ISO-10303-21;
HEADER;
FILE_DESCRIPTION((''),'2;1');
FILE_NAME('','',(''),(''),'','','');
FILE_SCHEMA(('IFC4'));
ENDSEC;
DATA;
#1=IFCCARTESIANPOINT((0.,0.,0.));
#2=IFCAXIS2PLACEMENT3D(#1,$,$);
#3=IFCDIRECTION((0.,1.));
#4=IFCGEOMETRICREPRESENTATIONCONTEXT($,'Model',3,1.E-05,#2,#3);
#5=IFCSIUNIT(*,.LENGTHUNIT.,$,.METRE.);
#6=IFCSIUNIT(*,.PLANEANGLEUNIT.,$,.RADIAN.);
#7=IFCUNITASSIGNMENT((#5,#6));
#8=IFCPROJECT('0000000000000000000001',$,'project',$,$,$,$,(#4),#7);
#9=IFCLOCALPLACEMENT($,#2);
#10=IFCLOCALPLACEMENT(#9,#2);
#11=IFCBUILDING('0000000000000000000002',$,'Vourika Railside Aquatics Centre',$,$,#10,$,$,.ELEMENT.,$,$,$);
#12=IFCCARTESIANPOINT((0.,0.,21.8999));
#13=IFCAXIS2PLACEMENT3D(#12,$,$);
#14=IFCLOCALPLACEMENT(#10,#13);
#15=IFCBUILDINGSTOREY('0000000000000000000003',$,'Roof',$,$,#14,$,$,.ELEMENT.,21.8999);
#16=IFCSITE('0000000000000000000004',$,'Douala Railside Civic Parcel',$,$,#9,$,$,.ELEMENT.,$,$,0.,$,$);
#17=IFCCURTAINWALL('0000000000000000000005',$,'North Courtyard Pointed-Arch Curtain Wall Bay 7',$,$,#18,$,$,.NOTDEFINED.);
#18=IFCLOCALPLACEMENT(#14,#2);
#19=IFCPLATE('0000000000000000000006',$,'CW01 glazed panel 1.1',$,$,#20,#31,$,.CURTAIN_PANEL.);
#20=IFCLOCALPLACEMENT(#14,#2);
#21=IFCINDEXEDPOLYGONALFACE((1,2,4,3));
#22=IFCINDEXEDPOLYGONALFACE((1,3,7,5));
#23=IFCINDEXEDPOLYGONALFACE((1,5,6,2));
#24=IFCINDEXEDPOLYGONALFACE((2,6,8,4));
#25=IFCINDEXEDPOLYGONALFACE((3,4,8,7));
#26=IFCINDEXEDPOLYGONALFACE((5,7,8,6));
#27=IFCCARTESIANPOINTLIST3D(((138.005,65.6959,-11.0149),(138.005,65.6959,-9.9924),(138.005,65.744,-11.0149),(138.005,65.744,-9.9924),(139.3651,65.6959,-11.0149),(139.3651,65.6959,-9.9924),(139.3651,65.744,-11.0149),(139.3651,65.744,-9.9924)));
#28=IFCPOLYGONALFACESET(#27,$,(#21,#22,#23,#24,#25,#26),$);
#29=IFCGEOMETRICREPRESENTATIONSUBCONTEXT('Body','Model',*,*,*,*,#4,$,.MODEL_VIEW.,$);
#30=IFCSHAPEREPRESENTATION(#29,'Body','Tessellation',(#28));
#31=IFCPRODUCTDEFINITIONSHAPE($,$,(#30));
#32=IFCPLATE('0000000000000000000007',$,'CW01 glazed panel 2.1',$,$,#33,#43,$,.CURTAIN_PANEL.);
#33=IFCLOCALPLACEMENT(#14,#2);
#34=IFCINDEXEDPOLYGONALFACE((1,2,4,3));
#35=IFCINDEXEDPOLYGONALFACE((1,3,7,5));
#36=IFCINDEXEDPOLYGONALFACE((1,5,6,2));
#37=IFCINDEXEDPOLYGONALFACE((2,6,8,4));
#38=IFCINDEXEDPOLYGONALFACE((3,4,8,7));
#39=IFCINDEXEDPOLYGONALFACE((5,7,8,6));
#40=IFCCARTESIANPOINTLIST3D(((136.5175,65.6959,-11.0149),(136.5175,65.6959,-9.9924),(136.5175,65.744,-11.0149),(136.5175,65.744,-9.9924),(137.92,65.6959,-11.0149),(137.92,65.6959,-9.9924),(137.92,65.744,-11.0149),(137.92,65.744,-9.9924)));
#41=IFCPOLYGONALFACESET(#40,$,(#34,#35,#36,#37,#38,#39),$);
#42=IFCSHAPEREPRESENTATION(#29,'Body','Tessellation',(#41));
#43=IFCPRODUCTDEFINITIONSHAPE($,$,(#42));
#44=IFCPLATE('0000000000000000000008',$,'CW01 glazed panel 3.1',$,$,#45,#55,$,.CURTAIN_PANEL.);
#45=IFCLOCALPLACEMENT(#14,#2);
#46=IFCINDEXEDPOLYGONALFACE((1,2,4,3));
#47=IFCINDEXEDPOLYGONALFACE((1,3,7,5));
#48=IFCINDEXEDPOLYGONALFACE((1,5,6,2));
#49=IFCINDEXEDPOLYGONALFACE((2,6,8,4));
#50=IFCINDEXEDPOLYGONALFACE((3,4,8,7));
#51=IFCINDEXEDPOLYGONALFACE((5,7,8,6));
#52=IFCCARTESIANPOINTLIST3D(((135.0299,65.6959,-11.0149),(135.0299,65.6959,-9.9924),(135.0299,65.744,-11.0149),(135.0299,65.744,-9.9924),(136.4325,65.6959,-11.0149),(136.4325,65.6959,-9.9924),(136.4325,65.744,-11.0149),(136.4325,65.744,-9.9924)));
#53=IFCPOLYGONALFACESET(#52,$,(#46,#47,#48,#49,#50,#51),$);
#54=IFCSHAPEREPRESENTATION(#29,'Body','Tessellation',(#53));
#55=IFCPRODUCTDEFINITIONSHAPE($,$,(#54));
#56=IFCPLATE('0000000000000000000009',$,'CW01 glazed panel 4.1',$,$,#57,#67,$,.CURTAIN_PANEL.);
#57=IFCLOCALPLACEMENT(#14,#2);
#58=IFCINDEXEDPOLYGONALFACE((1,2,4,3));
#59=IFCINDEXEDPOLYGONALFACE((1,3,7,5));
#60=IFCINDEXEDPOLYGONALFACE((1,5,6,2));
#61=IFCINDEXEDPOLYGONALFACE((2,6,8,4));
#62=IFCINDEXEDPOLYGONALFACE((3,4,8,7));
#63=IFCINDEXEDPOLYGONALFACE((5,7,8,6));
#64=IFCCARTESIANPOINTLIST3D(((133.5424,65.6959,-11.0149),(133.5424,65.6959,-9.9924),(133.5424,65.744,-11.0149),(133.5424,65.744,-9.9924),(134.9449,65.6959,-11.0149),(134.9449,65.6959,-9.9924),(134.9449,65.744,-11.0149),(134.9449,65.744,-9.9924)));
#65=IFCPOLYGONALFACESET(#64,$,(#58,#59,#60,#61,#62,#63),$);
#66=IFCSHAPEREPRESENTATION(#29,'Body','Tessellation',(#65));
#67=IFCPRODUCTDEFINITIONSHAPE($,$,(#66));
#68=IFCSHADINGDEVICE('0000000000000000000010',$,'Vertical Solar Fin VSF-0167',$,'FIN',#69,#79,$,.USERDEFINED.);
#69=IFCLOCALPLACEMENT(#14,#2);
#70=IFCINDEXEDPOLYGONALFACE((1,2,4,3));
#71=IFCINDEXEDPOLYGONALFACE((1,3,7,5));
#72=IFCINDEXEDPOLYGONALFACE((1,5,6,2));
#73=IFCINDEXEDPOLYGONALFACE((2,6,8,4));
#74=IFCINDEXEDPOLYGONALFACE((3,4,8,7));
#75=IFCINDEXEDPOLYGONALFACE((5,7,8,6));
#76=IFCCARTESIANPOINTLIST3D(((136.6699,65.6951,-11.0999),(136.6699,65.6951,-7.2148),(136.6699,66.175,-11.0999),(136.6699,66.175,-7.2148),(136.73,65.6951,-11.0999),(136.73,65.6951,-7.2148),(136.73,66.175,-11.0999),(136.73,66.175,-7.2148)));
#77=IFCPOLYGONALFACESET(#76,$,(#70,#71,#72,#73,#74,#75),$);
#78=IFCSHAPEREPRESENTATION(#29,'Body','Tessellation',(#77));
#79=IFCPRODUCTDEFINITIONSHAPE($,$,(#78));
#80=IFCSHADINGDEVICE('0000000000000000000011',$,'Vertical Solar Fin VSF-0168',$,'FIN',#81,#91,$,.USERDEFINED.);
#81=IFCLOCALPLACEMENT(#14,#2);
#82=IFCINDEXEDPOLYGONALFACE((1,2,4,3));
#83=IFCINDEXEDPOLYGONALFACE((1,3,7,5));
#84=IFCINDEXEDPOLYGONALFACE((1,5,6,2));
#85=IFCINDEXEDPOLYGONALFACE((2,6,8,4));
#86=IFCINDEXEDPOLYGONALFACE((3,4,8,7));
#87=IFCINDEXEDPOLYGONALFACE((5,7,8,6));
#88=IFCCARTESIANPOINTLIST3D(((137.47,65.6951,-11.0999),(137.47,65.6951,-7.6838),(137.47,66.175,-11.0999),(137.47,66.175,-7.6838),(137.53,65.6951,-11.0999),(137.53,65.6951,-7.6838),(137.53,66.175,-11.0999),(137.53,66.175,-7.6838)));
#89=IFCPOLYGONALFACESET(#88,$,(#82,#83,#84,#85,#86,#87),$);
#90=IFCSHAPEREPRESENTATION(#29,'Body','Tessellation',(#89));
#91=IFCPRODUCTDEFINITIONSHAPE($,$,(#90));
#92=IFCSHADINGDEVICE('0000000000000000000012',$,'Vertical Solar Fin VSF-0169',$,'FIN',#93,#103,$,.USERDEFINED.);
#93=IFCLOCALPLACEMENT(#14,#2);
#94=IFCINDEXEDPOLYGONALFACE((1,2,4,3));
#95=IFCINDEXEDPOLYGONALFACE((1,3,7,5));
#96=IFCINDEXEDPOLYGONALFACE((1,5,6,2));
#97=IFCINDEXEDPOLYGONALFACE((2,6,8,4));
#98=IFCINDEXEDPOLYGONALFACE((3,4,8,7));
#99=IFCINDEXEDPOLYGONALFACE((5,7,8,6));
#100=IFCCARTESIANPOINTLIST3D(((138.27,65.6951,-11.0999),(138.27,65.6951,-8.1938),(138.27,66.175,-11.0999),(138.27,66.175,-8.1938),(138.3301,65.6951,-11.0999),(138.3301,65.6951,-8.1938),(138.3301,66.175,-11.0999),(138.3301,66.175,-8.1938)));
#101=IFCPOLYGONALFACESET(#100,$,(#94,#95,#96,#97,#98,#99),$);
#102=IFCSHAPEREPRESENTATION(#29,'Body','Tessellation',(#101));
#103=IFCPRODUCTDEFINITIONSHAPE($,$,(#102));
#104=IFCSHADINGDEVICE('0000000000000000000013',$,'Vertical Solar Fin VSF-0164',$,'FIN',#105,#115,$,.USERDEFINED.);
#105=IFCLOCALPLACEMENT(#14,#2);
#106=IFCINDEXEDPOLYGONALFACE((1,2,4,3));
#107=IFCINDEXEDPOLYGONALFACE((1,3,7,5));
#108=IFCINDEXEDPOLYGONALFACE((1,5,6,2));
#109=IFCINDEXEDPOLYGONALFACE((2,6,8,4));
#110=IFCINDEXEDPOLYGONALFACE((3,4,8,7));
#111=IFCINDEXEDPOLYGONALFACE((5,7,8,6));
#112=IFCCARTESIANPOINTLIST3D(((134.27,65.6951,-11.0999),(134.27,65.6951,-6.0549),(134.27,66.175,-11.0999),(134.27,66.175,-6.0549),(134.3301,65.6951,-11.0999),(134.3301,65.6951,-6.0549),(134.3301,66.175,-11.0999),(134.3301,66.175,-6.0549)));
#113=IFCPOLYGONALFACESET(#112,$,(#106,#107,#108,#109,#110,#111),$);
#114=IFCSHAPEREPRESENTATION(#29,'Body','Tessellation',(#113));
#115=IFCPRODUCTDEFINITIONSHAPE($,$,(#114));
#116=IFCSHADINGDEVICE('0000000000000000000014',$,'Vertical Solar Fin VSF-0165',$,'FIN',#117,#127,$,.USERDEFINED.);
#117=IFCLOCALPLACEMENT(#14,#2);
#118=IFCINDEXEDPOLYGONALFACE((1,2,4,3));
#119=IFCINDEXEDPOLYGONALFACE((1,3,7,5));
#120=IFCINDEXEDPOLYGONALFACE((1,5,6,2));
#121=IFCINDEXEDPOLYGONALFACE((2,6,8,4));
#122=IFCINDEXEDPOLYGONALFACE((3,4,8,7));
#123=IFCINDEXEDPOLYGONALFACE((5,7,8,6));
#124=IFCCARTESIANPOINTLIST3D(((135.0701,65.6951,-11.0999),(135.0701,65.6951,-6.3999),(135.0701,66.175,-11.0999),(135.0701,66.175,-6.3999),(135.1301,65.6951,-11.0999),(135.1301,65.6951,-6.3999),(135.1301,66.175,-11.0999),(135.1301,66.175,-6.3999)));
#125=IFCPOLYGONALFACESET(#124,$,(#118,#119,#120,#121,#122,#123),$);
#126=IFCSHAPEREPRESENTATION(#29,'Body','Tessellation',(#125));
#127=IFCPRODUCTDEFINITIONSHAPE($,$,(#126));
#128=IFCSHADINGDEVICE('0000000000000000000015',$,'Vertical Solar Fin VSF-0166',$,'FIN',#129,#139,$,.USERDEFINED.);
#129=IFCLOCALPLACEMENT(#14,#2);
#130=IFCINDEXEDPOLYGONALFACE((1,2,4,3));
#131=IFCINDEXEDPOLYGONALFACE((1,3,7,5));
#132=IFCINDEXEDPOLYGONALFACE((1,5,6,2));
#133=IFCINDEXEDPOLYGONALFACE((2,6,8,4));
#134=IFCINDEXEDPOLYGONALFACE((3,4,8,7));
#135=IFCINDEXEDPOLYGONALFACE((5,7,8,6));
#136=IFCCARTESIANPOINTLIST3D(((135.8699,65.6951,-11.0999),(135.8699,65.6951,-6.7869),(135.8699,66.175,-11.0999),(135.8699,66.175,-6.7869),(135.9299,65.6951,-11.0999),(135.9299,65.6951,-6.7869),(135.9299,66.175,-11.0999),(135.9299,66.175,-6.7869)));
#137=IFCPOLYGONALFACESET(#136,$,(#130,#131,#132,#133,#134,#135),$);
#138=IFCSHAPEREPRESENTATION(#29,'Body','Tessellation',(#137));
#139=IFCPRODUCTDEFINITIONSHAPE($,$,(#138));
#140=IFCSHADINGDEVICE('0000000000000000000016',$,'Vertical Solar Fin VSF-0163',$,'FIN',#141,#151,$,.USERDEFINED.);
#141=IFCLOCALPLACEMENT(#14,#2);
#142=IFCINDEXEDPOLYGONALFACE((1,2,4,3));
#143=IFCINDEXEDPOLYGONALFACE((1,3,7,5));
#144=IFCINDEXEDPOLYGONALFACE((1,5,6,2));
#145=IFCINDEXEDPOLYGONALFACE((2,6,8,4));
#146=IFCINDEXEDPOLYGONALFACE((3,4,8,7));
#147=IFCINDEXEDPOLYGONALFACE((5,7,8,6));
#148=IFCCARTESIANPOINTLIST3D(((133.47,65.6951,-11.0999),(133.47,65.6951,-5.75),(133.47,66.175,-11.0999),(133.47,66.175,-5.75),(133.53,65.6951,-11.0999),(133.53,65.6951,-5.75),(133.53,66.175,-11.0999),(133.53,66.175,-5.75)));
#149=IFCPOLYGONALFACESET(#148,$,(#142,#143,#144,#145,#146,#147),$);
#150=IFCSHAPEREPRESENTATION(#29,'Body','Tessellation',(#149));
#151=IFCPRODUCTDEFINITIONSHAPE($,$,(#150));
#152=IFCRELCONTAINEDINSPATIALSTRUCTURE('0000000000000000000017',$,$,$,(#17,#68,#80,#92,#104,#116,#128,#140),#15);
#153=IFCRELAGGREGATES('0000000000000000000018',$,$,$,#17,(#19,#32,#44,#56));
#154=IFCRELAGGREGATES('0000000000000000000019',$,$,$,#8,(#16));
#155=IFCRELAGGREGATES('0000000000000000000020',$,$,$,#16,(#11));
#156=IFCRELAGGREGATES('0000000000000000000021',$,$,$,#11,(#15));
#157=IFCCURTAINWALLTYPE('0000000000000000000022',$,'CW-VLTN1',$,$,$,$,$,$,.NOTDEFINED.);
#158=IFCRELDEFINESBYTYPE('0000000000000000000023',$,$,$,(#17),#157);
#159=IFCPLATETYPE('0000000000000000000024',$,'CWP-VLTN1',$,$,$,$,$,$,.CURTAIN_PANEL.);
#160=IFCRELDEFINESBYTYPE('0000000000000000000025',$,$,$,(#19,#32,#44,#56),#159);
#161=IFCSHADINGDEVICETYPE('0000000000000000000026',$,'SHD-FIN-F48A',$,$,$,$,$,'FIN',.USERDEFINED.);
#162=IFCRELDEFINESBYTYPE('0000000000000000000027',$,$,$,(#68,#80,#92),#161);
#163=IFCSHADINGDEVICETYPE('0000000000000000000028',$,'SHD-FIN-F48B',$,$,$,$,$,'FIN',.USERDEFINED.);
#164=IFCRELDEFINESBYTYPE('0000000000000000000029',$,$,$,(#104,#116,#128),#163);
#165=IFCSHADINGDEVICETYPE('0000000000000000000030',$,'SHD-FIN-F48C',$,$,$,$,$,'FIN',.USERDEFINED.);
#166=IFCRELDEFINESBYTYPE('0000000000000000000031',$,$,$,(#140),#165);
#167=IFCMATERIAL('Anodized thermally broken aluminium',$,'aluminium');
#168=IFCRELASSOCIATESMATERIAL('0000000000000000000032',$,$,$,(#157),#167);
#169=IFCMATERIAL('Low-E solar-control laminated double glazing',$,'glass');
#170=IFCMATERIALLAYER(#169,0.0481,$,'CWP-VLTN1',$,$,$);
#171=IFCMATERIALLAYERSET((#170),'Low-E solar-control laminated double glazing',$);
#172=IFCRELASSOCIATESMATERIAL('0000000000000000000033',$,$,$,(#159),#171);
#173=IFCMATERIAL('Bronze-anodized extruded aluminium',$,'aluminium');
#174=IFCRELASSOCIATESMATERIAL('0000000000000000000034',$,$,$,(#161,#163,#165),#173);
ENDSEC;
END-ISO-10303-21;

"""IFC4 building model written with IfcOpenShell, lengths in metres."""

from ifc_helpers import new_model, si_unit, direction, frame, origin, origin_2d, place, context, subcontext, project, spatial, rectangle, extrude, material, layer, layer_set, material_profile, profile_set, type_object, element, aggregate, save


model = new_model("IFC4")

# Units and contexts
model_context = context("Model", 3, precision=1e-05, world=origin(), true_north=direction((0.0, 1.0)))
body_context = subcontext(model_context, "Body", "Model", "MODEL_VIEW")
ifc_project = project(units=[si_unit("LENGTHUNIT", "METRE"), si_unit("PLANEANGLEUNIT", "RADIAN")], contexts=[model_context])

# Site, building, storey
site_placement = place(None, origin())
site = spatial("IfcSite", under=ifc_project, at=site_placement, Name="Douala Railside Civic Parcel", CompositionType="ELEMENT", RefElevation=0.0)
building_placement = place(site_placement, origin())
building = spatial("IfcBuilding", under=site, at=building_placement, Name="Vourika Railside Aquatics Centre", CompositionType="ELEMENT")
storey_placement = place(building_placement, frame((0.0, 0.0, 21.8999)))
storey = spatial("IfcBuildingStorey", under=building, at=storey_placement, Name="Roof", CompositionType="ELEMENT", Elevation=21.8999)

# Curtain wall, plates
ifc_material_1 = material(Name="Anodized thermally broken aluminium", Category="aluminium")
curtain_wall_type = type_object("IfcCurtainWallType", Name="CW-VLTN1", PredefinedType="NOTDEFINED", material=ifc_material_1)
curtain_wall_placement = place(storey_placement, origin())
curtain_wall = element("IfcCurtainWall", 1, at=curtain_wall_placement, inside=storey, type_object=curtain_wall_type, Name="North Courtyard Pointed-Arch Curtain Wall Bay 7", PredefinedType="NOTDEFINED")
ifc_material_2 = material(Name="Low-E solar-control laminated double glazing", Category="glass")
ifc_layer = layer(ifc_material_2, 0.0481, Name="CWP-VLTN1")
ifc_layer_set = layer_set([ifc_layer], Name="Low-E solar-control laminated double glazing")
plate_type = type_object("IfcPlateType", Name="CWP-VLTN1", PredefinedType="CURTAIN_PANEL", material=ifc_layer_set)
plate_1_placement = place(storey_placement, frame((138.6851, 65.72, -11.0149), z_axis=(0.0, 0.0, 1.0), x_axis=(-1.0, 0.0, 0.0)))
plate_1 = element("IfcPlate", 2, at=plate_1_placement, type_object=plate_type, Name="CW01 glazed panel 1.1", PredefinedType="CURTAIN_PANEL", context=body_context, shape_type="SweptSolid", body=[
    extrude(rectangle(XDim=1.3601, YDim=0.0481, at=origin_2d()), origin(), (0.0, 0.0, 1.0), 1.0225),
])
plate_2_placement = place(storey_placement, frame((137.2188, 65.72, -11.0149), z_axis=(0.0, 0.0, 1.0), x_axis=(-1.0, 0.0, 0.0)))
plate_2 = element("IfcPlate", 3, at=plate_2_placement, type_object=plate_type, Name="CW01 glazed panel 2.1", PredefinedType="CURTAIN_PANEL", context=body_context, shape_type="SweptSolid", body=[
    extrude(rectangle(XDim=1.4026, YDim=0.0481, at=origin_2d()), origin(), (0.0, 0.0, 1.0), 1.0225),
])
plate_3_placement = place(storey_placement, frame((135.7312, 65.72, -11.0149), z_axis=(0.0, 0.0, 1.0), x_axis=(-1.0, 0.0, 0.0)))
plate_3 = element("IfcPlate", 4, at=plate_3_placement, type_object=plate_type, Name="CW01 glazed panel 3.1", PredefinedType="CURTAIN_PANEL", context=body_context, shape_type="SweptSolid", body=[
    extrude(rectangle(XDim=1.4026, YDim=0.0481, at=origin_2d()), origin(), (0.0, 0.0, 1.0), 1.0225),
])
plate_4_placement = place(storey_placement, frame((134.2437, 65.72, -11.0149), z_axis=(0.0, 0.0, 1.0), x_axis=(-1.0, 0.0, 0.0)))
plate_4 = element("IfcPlate", 5, at=plate_4_placement, type_object=plate_type, Name="CW01 glazed panel 4.1", PredefinedType="CURTAIN_PANEL", context=body_context, shape_type="SweptSolid", body=[
    extrude(rectangle(XDim=1.4026, YDim=0.0481, at=origin_2d()), origin(), (0.0, 0.0, 1.0), 1.0225),
])
aggregate(curtain_wall, [plate_1, plate_2, plate_3, plate_4])

# Shading devices
ifc_material_3 = material(Name="Bronze-anodized extruded aluminium", Category="aluminium")
ifc_material_profile_1 = material_profile(ifc_material_3, rectangle(XDim=0.0601, YDim=0.48, at=origin_2d()), Name="ALU-FIN 60x480")
ifc_profile_set_1 = profile_set([ifc_material_profile_1], Name="Bronze-anodized extruded aluminium")
shading_device_type_1 = type_object("IfcShadingDeviceType", Name="SHD-FIN-F48A", ElementType="FIN", PredefinedType="USERDEFINED", material=ifc_profile_set_1)
shading_device_1_placement = place(storey_placement, frame((136.7, 65.9351, -11.0999), z_axis=(0.0, 0.0, 1.0), x_axis=(1.0, 0.0, 0.0)))
element("IfcShadingDevice", 6, at=shading_device_1_placement, inside=storey, type_object=shading_device_type_1, Name="Vertical Solar Fin VSF-0167", ObjectType="FIN", PredefinedType="USERDEFINED", context=body_context, shape_type="SweptSolid", body=[
    extrude(rectangle(XDim=0.0601, YDim=0.48, at=origin_2d()), origin(), (0.0, 0.0, 1.0), 3.885),
])
shading_device_2_placement = place(storey_placement, frame((137.5, 65.9351, -11.0999), z_axis=(0.0, 0.0, 1.0), x_axis=(1.0, 0.0, 0.0)))
element("IfcShadingDevice", 7, at=shading_device_2_placement, inside=storey, type_object=shading_device_type_1, Name="Vertical Solar Fin VSF-0168", ObjectType="FIN", PredefinedType="USERDEFINED", context=body_context, shape_type="SweptSolid", body=[
    extrude(rectangle(XDim=0.0601, YDim=0.48, at=origin_2d()), origin(), (0.0, 0.0, 1.0), 3.416),
])
shading_device_3_placement = place(storey_placement, frame((138.3, 65.9351, -11.0999), z_axis=(0.0, 0.0, 1.0), x_axis=(1.0, 0.0, 0.0)))
element("IfcShadingDevice", 8, at=shading_device_3_placement, inside=storey, type_object=shading_device_type_1, Name="Vertical Solar Fin VSF-0169", ObjectType="FIN", PredefinedType="USERDEFINED", context=body_context, shape_type="SweptSolid", body=[
    extrude(rectangle(XDim=0.0601, YDim=0.48, at=origin_2d()), origin(), (0.0, 0.0, 1.0), 2.906),
])
ifc_material_profile_2 = material_profile(ifc_material_3, rectangle(XDim=0.0601, YDim=0.48, at=origin_2d()), Name="ALU-FIN 60x480")
ifc_profile_set_2 = profile_set([ifc_material_profile_2], Name="Bronze-anodized extruded aluminium")
shading_device_type_2 = type_object("IfcShadingDeviceType", Name="SHD-FIN-F48B", ElementType="FIN", PredefinedType="USERDEFINED", material=ifc_profile_set_2)
shading_device_4_placement = place(storey_placement, frame((134.3, 65.9351, -11.0999), z_axis=(0.0, 0.0, 1.0), x_axis=(1.0, 0.0, 0.0)))
element("IfcShadingDevice", 9, at=shading_device_4_placement, inside=storey, type_object=shading_device_type_2, Name="Vertical Solar Fin VSF-0164", ObjectType="FIN", PredefinedType="USERDEFINED", context=body_context, shape_type="SweptSolid", body=[
    extrude(rectangle(XDim=0.0601, YDim=0.48, at=origin_2d()), origin(), (0.0, 0.0, 1.0), 5.0449),
])
shading_device_5_placement = place(storey_placement, frame((135.1001, 65.9351, -11.0999), z_axis=(0.0, 0.0, 1.0), x_axis=(1.0, 0.0, 0.0)))
element("IfcShadingDevice", 10, at=shading_device_5_placement, inside=storey, type_object=shading_device_type_2, Name="Vertical Solar Fin VSF-0165", ObjectType="FIN", PredefinedType="USERDEFINED", context=body_context, shape_type="SweptSolid", body=[
    extrude(rectangle(XDim=0.0601, YDim=0.48, at=origin_2d()), origin(), (0.0, 0.0, 1.0), 4.7),
])
shading_device_6_placement = place(storey_placement, frame((135.8999, 65.9351, -11.0999), z_axis=(0.0, 0.0, 1.0), x_axis=(1.0, 0.0, 0.0)))
element("IfcShadingDevice", 11, at=shading_device_6_placement, inside=storey, type_object=shading_device_type_2, Name="Vertical Solar Fin VSF-0166", ObjectType="FIN", PredefinedType="USERDEFINED", context=body_context, shape_type="SweptSolid", body=[
    extrude(rectangle(XDim=0.0601, YDim=0.48, at=origin_2d()), origin(), (0.0, 0.0, 1.0), 4.313),
])
ifc_material_profile_3 = material_profile(ifc_material_3, rectangle(XDim=0.0601, YDim=0.48, at=origin_2d()), Name="ALU-FIN 60x480")
ifc_profile_set_3 = profile_set([ifc_material_profile_3], Name="Bronze-anodized extruded aluminium")
shading_device_type_3 = type_object("IfcShadingDeviceType", Name="SHD-FIN-F48C", ElementType="FIN", PredefinedType="USERDEFINED", material=ifc_profile_set_3)
shading_device_7_placement = place(storey_placement, frame((133.5, 65.9351, -11.0999), z_axis=(0.0, 0.0, 1.0), x_axis=(1.0, 0.0, 0.0)))
element("IfcShadingDevice", 12, at=shading_device_7_placement, inside=storey, type_object=shading_device_type_3, Name="Vertical Solar Fin VSF-0163", ObjectType="FIN", PredefinedType="USERDEFINED", context=body_context, shape_type="SweptSolid", body=[
    extrude(rectangle(XDim=0.0601, YDim=0.48, at=origin_2d()), origin(), (0.0, 0.0, 1.0), 5.3499),
])

save(model, "model.ifc")
